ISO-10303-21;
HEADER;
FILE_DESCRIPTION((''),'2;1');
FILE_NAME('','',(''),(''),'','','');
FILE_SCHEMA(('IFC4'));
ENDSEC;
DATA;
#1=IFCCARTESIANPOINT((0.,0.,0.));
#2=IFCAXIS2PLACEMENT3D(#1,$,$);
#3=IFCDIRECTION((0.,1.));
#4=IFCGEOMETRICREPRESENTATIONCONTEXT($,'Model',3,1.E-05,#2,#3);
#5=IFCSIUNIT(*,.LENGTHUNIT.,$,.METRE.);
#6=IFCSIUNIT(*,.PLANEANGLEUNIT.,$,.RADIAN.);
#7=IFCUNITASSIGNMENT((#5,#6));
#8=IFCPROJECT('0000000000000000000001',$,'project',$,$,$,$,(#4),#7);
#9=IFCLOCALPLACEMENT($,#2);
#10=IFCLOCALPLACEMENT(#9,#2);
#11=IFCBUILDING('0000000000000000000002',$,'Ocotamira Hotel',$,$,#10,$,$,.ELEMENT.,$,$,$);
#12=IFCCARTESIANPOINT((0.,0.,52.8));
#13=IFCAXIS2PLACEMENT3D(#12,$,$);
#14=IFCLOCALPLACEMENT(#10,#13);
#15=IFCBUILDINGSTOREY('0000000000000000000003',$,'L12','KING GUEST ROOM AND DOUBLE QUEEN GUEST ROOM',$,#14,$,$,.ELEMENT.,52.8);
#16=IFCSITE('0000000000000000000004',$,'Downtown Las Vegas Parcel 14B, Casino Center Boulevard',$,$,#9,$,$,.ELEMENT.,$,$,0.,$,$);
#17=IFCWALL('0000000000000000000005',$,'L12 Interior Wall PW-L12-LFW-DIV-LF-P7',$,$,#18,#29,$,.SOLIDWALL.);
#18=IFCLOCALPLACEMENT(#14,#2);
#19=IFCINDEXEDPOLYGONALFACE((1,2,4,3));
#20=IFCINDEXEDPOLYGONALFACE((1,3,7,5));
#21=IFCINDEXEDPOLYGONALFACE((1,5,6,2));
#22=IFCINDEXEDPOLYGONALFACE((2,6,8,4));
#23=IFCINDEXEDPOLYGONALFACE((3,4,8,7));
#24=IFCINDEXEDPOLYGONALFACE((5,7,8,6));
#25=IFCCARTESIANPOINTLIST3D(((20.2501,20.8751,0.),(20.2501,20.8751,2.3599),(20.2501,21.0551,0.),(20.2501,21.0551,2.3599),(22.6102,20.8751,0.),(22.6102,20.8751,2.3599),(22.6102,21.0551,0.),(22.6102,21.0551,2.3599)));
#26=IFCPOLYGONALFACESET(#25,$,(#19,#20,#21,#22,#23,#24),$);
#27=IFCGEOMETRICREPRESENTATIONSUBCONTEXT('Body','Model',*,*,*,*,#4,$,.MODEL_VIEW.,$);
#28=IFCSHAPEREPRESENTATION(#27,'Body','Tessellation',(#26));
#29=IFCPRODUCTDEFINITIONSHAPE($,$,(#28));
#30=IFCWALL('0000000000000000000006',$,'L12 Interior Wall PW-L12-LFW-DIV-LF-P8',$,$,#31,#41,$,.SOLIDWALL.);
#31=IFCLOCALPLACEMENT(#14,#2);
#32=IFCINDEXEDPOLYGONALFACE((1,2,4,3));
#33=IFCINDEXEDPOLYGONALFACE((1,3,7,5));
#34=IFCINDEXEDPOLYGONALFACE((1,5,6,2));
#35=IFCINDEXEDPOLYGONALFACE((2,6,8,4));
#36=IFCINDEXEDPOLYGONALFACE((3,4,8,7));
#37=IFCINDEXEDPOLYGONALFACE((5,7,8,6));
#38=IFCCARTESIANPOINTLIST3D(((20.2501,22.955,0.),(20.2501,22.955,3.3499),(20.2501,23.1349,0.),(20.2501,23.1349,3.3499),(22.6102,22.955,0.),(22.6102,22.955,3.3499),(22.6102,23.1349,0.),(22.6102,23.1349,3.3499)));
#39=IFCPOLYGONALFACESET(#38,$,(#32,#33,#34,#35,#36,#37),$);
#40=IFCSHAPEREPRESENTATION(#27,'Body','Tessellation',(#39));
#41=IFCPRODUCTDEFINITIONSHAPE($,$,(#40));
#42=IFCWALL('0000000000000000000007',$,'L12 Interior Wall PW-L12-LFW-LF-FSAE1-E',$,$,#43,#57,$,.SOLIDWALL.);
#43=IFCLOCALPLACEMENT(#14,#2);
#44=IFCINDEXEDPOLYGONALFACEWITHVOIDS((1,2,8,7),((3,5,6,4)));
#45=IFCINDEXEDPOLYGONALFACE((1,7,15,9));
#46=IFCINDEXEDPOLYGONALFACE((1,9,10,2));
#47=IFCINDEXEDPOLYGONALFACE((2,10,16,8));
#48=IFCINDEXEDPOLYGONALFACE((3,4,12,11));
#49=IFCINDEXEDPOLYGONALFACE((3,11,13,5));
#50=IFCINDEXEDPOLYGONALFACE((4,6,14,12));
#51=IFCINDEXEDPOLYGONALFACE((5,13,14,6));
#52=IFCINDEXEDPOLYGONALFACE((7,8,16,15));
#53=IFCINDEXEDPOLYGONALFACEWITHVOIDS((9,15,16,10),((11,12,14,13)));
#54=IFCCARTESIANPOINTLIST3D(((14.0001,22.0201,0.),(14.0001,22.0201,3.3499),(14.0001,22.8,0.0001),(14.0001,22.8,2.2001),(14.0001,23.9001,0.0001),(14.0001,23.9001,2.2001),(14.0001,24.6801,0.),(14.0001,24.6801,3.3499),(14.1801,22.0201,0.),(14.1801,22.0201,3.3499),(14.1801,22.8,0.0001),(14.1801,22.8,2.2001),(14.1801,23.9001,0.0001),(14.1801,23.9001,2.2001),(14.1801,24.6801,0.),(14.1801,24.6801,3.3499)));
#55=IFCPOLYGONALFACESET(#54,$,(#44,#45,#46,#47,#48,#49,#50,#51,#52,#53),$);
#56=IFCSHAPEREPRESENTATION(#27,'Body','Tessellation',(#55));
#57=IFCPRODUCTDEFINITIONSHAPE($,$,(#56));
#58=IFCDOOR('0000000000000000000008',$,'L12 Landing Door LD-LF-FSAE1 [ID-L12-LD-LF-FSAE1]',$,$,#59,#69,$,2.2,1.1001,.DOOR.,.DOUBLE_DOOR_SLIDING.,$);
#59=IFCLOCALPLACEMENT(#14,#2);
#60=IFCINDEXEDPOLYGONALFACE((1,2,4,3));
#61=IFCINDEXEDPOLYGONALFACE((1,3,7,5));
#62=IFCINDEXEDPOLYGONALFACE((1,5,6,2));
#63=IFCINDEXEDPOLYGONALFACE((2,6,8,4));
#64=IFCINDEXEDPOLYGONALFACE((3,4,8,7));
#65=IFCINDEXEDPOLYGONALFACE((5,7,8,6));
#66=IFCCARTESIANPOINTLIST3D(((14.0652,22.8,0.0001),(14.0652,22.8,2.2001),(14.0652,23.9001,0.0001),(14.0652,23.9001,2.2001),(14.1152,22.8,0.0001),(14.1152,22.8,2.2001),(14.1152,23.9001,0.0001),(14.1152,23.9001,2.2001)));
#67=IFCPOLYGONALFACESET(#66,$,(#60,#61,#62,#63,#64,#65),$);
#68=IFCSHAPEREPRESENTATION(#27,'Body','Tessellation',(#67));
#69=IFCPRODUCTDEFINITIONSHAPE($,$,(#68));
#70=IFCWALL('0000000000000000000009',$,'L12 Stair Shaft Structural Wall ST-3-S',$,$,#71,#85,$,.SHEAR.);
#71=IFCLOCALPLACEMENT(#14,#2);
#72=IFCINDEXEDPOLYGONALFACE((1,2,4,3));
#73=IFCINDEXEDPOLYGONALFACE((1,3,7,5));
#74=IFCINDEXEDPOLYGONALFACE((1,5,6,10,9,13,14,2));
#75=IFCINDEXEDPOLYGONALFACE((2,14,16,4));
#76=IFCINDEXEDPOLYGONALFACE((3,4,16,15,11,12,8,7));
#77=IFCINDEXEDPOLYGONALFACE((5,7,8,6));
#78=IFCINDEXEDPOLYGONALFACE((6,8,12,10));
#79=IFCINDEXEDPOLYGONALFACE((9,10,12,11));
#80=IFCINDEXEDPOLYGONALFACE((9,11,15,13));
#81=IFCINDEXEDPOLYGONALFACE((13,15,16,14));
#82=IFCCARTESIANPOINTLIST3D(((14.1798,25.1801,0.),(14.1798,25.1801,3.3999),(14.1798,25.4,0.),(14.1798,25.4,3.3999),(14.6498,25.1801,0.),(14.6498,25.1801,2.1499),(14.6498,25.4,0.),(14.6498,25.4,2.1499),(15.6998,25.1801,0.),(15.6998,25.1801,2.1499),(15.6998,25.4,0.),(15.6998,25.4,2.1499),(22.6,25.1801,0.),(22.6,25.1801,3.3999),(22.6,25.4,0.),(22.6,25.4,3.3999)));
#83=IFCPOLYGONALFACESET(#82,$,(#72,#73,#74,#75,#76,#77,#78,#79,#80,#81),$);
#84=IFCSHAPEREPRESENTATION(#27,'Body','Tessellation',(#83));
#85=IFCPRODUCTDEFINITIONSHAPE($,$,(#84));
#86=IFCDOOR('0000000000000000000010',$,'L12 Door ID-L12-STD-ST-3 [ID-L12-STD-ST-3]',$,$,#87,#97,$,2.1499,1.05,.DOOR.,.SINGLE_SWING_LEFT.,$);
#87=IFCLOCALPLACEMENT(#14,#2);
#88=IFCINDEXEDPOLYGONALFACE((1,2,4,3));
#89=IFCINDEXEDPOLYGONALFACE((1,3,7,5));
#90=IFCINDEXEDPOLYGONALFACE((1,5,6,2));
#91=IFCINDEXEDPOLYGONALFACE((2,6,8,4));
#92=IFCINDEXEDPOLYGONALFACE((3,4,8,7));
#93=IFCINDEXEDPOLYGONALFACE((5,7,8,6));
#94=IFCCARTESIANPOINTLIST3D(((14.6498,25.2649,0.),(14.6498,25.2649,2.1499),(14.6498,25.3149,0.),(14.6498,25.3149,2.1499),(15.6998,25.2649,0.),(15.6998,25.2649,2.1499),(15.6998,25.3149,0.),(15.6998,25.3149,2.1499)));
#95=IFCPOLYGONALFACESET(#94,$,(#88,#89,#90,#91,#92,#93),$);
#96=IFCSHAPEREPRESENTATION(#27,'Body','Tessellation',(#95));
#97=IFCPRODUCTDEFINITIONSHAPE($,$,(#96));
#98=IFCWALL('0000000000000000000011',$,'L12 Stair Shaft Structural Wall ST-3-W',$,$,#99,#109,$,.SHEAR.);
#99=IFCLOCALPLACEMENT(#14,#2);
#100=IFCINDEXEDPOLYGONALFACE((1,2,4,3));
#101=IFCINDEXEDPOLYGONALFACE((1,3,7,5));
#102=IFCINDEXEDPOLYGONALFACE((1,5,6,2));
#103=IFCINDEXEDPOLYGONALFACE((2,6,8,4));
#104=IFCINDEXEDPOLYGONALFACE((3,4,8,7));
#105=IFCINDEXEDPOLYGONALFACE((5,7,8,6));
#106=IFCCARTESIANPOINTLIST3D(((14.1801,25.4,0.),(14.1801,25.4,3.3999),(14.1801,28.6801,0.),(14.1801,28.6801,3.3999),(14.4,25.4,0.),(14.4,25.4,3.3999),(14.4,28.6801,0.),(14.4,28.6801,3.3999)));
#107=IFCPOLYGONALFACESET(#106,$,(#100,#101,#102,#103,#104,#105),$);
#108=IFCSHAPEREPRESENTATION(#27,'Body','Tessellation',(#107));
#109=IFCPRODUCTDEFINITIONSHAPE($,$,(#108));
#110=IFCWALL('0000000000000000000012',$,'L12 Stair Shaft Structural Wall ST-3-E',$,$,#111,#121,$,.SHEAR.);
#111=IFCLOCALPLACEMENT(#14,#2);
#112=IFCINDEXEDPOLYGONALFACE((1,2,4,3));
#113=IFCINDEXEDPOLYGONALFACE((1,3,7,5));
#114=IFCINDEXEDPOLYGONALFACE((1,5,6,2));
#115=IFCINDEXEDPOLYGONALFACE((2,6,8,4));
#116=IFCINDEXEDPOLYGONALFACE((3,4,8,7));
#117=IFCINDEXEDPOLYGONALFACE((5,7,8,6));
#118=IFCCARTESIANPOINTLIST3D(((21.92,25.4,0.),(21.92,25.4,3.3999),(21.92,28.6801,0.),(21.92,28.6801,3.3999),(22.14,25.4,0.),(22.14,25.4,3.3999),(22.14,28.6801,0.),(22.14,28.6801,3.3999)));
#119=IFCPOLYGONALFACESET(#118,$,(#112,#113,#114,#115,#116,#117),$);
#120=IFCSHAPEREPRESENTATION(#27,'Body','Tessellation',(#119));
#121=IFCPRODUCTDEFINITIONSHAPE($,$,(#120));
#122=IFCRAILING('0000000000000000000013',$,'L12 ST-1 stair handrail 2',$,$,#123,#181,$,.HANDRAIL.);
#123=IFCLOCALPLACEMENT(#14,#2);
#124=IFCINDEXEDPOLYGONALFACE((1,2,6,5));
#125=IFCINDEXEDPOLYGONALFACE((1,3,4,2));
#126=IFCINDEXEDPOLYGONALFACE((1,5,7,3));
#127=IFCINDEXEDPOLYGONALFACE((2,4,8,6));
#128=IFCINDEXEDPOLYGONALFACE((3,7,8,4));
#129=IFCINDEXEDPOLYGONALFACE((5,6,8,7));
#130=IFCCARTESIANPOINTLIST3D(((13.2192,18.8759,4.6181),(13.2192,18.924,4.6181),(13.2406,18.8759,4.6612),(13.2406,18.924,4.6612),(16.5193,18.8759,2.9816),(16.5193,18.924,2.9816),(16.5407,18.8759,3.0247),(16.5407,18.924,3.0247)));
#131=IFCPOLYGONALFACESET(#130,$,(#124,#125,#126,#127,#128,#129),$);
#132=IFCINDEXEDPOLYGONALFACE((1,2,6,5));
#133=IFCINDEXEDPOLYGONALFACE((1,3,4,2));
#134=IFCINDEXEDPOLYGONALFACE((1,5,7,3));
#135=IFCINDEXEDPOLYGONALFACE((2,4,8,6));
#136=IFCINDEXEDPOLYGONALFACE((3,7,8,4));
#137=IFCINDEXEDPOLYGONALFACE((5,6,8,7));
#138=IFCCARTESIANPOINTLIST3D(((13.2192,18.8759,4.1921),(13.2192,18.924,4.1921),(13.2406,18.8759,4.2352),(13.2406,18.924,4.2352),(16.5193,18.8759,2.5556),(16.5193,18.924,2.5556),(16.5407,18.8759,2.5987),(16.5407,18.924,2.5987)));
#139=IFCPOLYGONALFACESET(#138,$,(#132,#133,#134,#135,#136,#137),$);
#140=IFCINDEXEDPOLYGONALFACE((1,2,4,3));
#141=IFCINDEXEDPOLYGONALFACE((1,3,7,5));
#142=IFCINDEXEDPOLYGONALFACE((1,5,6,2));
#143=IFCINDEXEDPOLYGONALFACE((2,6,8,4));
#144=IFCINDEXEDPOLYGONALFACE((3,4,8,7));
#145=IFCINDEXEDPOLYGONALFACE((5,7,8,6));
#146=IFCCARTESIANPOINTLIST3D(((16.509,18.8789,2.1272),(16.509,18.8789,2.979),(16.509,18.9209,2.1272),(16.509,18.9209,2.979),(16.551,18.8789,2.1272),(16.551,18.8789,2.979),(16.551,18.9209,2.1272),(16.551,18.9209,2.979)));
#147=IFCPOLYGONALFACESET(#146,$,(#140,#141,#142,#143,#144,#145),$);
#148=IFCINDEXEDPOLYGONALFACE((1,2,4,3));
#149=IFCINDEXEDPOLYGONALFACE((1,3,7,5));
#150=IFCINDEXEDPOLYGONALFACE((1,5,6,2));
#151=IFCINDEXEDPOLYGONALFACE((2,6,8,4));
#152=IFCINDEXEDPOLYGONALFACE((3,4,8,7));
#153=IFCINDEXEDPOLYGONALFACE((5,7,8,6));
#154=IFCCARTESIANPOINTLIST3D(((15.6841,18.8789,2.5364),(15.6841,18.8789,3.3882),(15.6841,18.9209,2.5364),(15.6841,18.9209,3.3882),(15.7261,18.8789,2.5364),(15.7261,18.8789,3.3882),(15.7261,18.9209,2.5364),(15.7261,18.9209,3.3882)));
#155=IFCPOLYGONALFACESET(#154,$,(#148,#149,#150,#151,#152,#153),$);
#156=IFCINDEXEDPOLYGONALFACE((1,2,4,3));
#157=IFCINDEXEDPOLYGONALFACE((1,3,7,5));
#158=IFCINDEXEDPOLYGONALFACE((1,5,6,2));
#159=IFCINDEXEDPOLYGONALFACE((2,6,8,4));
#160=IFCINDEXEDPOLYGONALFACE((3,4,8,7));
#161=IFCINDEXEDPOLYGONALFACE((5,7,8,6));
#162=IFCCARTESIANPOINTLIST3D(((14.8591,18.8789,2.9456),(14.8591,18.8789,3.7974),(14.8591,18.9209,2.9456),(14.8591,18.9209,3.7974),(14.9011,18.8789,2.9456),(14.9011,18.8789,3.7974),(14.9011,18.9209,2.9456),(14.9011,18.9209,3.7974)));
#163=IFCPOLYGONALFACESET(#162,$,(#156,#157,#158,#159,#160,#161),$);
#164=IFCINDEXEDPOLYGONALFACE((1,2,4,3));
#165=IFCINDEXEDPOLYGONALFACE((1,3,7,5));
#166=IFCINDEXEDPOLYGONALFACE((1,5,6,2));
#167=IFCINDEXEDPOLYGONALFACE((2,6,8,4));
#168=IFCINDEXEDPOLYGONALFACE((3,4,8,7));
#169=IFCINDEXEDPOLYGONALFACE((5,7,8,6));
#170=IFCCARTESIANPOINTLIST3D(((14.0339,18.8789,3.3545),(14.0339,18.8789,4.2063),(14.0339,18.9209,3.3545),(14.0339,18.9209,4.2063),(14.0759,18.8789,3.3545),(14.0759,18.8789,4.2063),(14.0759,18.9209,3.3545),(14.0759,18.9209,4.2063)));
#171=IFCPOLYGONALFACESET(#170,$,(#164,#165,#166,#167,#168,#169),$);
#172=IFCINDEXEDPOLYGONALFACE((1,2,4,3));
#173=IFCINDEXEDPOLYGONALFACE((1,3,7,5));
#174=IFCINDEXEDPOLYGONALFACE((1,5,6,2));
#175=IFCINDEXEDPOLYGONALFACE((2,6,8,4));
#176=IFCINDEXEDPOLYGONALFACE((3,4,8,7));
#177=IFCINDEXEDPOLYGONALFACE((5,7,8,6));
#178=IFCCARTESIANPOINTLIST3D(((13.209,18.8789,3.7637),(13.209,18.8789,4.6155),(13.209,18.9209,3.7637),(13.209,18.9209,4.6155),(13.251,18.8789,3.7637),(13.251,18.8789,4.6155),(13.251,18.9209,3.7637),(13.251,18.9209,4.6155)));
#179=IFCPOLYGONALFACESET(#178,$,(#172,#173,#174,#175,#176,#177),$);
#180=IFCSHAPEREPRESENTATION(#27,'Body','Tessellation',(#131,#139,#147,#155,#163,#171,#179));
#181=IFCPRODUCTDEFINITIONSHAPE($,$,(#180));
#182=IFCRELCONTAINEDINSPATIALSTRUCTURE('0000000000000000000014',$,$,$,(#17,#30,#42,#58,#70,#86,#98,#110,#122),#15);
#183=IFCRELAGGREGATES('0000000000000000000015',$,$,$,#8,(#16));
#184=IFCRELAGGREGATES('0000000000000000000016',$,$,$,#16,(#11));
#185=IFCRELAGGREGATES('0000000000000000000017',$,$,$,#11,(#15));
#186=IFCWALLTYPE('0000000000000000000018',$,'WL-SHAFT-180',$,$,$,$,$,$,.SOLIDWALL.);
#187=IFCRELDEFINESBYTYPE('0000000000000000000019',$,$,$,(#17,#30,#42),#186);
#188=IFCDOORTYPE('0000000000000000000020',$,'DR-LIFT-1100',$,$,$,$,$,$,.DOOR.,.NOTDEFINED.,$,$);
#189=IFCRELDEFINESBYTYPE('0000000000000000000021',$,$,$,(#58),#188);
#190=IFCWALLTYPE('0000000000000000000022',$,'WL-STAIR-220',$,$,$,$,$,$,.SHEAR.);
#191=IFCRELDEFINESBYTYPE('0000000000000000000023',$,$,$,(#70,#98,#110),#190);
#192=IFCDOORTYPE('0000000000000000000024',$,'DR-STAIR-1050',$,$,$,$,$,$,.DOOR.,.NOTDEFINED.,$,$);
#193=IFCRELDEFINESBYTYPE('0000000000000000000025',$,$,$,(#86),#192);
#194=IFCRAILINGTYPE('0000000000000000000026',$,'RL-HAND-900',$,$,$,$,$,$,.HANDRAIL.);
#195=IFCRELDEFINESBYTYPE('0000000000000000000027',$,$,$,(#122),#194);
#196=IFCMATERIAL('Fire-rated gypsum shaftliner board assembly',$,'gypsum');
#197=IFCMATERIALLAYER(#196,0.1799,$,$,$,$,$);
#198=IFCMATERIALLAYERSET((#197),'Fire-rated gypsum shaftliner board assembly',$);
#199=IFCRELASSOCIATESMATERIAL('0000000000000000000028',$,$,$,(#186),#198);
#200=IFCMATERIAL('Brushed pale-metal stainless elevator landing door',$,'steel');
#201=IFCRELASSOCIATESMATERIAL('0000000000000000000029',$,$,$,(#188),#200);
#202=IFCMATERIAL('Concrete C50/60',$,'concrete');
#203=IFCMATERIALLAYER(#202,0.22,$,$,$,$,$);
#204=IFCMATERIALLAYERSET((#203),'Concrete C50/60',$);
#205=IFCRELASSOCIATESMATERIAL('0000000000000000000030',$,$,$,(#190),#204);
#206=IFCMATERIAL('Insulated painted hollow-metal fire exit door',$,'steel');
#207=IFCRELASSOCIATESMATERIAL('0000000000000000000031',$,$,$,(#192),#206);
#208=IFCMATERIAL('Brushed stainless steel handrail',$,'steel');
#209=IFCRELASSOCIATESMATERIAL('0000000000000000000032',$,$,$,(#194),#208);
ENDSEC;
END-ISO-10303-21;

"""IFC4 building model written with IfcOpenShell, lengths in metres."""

from ifc_helpers import new_model, si_unit, direction, frame, frame_2d, origin, origin_2d, place, context, subcontext, project, spatial, rectangle, extrude, source, transform, mapped, material, layer, layer_set, type_object, element, fill, save


model = new_model("IFC4")

# Units and contexts
model_context = context("Model", 3, precision=1e-05, world=origin(), true_north=direction((0.0, 1.0)))
body_context = subcontext(model_context, "Body", "Model", "MODEL_VIEW")
ifc_project = project(units=[si_unit("LENGTHUNIT", "METRE"), si_unit("PLANEANGLEUNIT", "RADIAN")], contexts=[model_context])

# Site, building, storey
site_placement = place(None, origin())
site = spatial("IfcSite", under=ifc_project, at=site_placement, Name="Downtown Las Vegas Parcel 14B, Casino Center Boulevard", CompositionType="ELEMENT", RefElevation=0.0)
building_placement = place(site_placement, origin())
building = spatial("IfcBuilding", under=site, at=building_placement, Name="Ocotamira Hotel", CompositionType="ELEMENT")
storey_placement = place(building_placement, frame((0.0, 0.0, 52.8)))
storey = spatial("IfcBuildingStorey", under=building, at=storey_placement, Name="L12", Description="KING GUEST ROOM AND DOUBLE QUEEN GUEST ROOM", CompositionType="ELEMENT", Elevation=52.8)

# Walls
ifc_material_1 = material(Name="Fire-rated gypsum shaftliner board assembly", Category="gypsum")
ifc_layer_1 = layer(ifc_material_1, 0.1799)
ifc_layer_set_1 = layer_set([ifc_layer_1], Name="Fire-rated gypsum shaftliner board assembly")
wall_type_1 = type_object("IfcWallType", Name="WL-SHAFT-180", PredefinedType="SOLIDWALL", material=ifc_layer_set_1)
wall_1_placement = place(storey_placement, frame((20.25, 20.9651, 0.0), z_axis=(0.0, 0.0, 1.0), x_axis=(1.0, 0.0, 0.0)))
element("IfcWall", 1, at=wall_1_placement, inside=storey, type_object=wall_type_1, Name="L12 Interior Wall PW-L12-LFW-DIV-LF-P7", PredefinedType="SOLIDWALL", context=body_context, shape_type="SweptSolid", body=[
    extrude(rectangle(XDim=2.3601, YDim=0.1799, at=frame_2d((1.1802, 0.0))), origin(), (0.0, 0.0, 1.0), 2.3599),
])
wall_2_placement = place(storey_placement, frame((20.25, 23.0449, 0.0), z_axis=(0.0, 0.0, 1.0), x_axis=(1.0, 0.0, 0.0)))
element("IfcWall", 2, at=wall_2_placement, inside=storey, type_object=wall_type_1, Name="L12 Interior Wall PW-L12-LFW-DIV-LF-P8", PredefinedType="SOLIDWALL", context=body_context, shape_type="SweptSolid", body=[
    extrude(rectangle(XDim=2.3601, YDim=0.1799, at=frame_2d((1.1802, 0.0))), origin(), (0.0, 0.0, 1.0), 3.3499),
])

# Walls, openings, doors
wall_3_placement = place(storey_placement, frame((14.0901, 22.02, 0.0), z_axis=(0.0, 0.0, 1.0), x_axis=(0.0, 1.0, 0.0)))
wall_3 = element("IfcWall", 3, at=wall_3_placement, inside=storey, type_object=wall_type_1, Name="L12 Interior Wall PW-L12-LFW-LF-FSAE1-E", PredefinedType="SOLIDWALL", context=body_context, shape_type="SweptSolid", body=[
    extrude(rectangle(XDim=2.6599, YDim=0.1799, at=frame_2d((1.3301, 0.0))), origin(), (0.0, 0.0, 1.0), 3.3499),
])
opening_1_placement = place(wall_3_placement, frame((0.78, 0.0, 0.0)))
opening_1 = element("IfcOpeningElement", 4, at=opening_1_placement, cuts=wall_3, PredefinedType="OPENING", context=body_context, shape_type="SweptSolid", body=[
    extrude(rectangle(XDim=1.1001, YDim=2.2, at=frame_2d((0.55, 1.1001))), frame((0.0, 0.1001, 0.0), z_axis=(0.0, -1.0, 0.0), x_axis=(1.0, 0.0, 0.0)), (0.0, 0.0, 1.0), 0.2),
])
ifc_material_2 = material(Name="Brushed pale-metal stainless elevator landing door", Category="steel")
door_type_1 = type_object("IfcDoorType", Name="DR-LIFT-1100", OperationType="NOTDEFINED", PredefinedType="DOOR", material=ifc_material_2)
shared_shape_1 = source(origin(), body_context, "Body", "SweptSolid", [
    extrude(rectangle(XDim=1.1001, YDim=2.2, at=frame_2d((0.55, 1.1001))), frame((0.0, 0.0249, 0.0), z_axis=(0.0, -1.0, 0.0), x_axis=(1.0, 0.0, 0.0)), (0.0, 0.0, 1.0), 0.05),
])
door_1_placement = place(opening_1_placement, origin())
door_1 = element("IfcDoor", 5, at=door_1_placement, inside=storey, type_object=door_type_1, Name="L12 Landing Door LD-LF-FSAE1 [ID-L12-LD-LF-FSAE1]", OperationType="DOUBLE_DOOR_SLIDING", OverallHeight=2.2, OverallWidth=1.1001, PredefinedType="DOOR", context=body_context, shape_type="MappedRepresentation", body=[
    mapped(shared_shape_1, transform((0.0, 0.0, 0.0), scale=1.0)),
])
fill(opening_1, door_1)
ifc_material_3 = material(Name="Concrete C50/60", Category="concrete")
ifc_layer_2 = layer(ifc_material_3, 0.22)
ifc_layer_set_2 = layer_set([ifc_layer_2], Name="Concrete C50/60")
wall_type_2 = type_object("IfcWallType", Name="WL-STAIR-220", PredefinedType="SHEAR", material=ifc_layer_set_2)
wall_4_placement = place(storey_placement, frame((14.1799, 25.29, 0.0), z_axis=(0.0, 0.0, 1.0), x_axis=(1.0, 0.0, 0.0)))
wall_4 = element("IfcWall", 6, at=wall_4_placement, inside=storey, type_object=wall_type_2, Name="L12 Stair Shaft Structural Wall ST-3-S", PredefinedType="SHEAR", context=body_context, shape_type="SweptSolid", body=[
    extrude(rectangle(XDim=8.4202, YDim=0.22, at=frame_2d((4.21, 0.0))), origin(), (0.0, 0.0, 1.0), 3.3999),
])
opening_2_placement = place(wall_4_placement, frame((0.47, 0.0, 0.0)))
opening_2 = element("IfcOpeningElement", 7, at=opening_2_placement, cuts=wall_4, PredefinedType="OPENING", context=body_context, shape_type="SweptSolid", body=[
    extrude(rectangle(XDim=1.05, YDim=2.1499, at=frame_2d((0.5249, 1.075))), frame((0.0, 0.1201, 0.0), z_axis=(0.0, -1.0, 0.0), x_axis=(1.0, 0.0, 0.0)), (0.0, 0.0, 1.0), 0.24),
])
ifc_material_4 = material(Name="Insulated painted hollow-metal fire exit door", Category="steel")
door_type_2 = type_object("IfcDoorType", Name="DR-STAIR-1050", OperationType="NOTDEFINED", PredefinedType="DOOR", material=ifc_material_4)
shared_shape_2 = source(origin(), body_context, "Body", "SweptSolid", [
    extrude(rectangle(XDim=1.05, YDim=2.1499, at=frame_2d((0.5249, 1.075))), frame((0.0, 0.0249, 0.0), z_axis=(0.0, -1.0, 0.0), x_axis=(1.0, 0.0, 0.0)), (0.0, 0.0, 1.0), 0.05),
])
door_2_placement = place(opening_2_placement, origin())
door_2 = element("IfcDoor", 8, at=door_2_placement, inside=storey, type_object=door_type_2, Name="L12 Door ID-L12-STD-ST-3 [ID-L12-STD-ST-3]", OperationType="SINGLE_SWING_LEFT", OverallHeight=2.1499, OverallWidth=1.05, PredefinedType="DOOR", context=body_context, shape_type="MappedRepresentation", body=[
    mapped(shared_shape_2, transform((0.0, 0.0, 0.0), scale=1.0)),
])
fill(opening_2, door_2)

# Walls
for number, where, z_axis, x_axis, name in (
    (9, (14.29, 25.3999, 0.0), (0.0, 0.0, 1.0), (0.0, 1.0, 0.0), "L12 Stair Shaft Structural Wall ST-3-W"),
    (10, (22.03, 25.3999, 0.0), (0.0, 0.0, 1.0), (0.0, 1.0, 0.0), "L12 Stair Shaft Structural Wall ST-3-E"),
):
    element("IfcWall", number, at=place(storey_placement, frame(where, z_axis=z_axis, x_axis=x_axis)), inside=storey, type_object=wall_type_2, Name=name, PredefinedType="SHEAR", context=body_context, shape_type="SweptSolid", body=[
        extrude(rectangle(XDim=3.28, YDim=0.22, at=frame_2d((1.6401, 0.0))), origin(), (0.0, 0.0, 1.0), 3.3999),
    ])

# Railing
ifc_material_5 = material(Name="Brushed stainless steel handrail", Category="steel")
railing_type = type_object("IfcRailingType", Name="RL-HAND-900", PredefinedType="HANDRAIL", material=ifc_material_5)
railing_placement = place(storey_placement, frame((16.53, 18.8999, 2.1272)))
element("IfcRailing", 11, at=railing_placement, inside=storey, type_object=railing_type, Name="L12 ST-1 stair handrail 2", PredefinedType="HANDRAIL", context=body_context, shape_type="SweptSolid", body=[
    extrude(rectangle(XDim=0.0481, YDim=0.0481, at=origin_2d()), frame((0.0, 0.0, 0.876), z_axis=(-0.895894, 0.0, 0.444268), x_axis=(0.0, -1.0, 0.0)), (0.0, 0.0, 1.0), 3.6836),
    extrude(rectangle(XDim=0.0481, YDim=0.0481, at=origin_2d()), frame((0.0, 0.0, 0.45), z_axis=(-0.895894, 0.0, 0.444268), x_axis=(0.0, -1.0, 0.0)), (0.0, 0.0, 1.0), 3.6836),
    extrude(rectangle(XDim=0.042, YDim=0.042, at=origin_2d()), origin(), (0.0, 0.0, 1.0), 0.8518),
    extrude(rectangle(XDim=0.042, YDim=0.042, at=origin_2d()), frame((-0.825, 0.0, 0.4092)), (0.0, 0.0, 1.0), 0.8518),
    extrude(rectangle(XDim=0.042, YDim=0.042, at=origin_2d()), frame((-1.6499, 0.0, 0.8184)), (0.0, 0.0, 1.0), 0.8518),
    extrude(rectangle(XDim=0.042, YDim=0.042, at=origin_2d()), frame((-2.4751, 0.0, 1.2273)), (0.0, 0.0, 1.0), 0.8518),
    extrude(rectangle(XDim=0.042, YDim=0.042, at=origin_2d()), frame((-3.3, 0.0, 1.6365)), (0.0, 0.0, 1.0), 0.8518),
])

save(model, "model.ifc")
